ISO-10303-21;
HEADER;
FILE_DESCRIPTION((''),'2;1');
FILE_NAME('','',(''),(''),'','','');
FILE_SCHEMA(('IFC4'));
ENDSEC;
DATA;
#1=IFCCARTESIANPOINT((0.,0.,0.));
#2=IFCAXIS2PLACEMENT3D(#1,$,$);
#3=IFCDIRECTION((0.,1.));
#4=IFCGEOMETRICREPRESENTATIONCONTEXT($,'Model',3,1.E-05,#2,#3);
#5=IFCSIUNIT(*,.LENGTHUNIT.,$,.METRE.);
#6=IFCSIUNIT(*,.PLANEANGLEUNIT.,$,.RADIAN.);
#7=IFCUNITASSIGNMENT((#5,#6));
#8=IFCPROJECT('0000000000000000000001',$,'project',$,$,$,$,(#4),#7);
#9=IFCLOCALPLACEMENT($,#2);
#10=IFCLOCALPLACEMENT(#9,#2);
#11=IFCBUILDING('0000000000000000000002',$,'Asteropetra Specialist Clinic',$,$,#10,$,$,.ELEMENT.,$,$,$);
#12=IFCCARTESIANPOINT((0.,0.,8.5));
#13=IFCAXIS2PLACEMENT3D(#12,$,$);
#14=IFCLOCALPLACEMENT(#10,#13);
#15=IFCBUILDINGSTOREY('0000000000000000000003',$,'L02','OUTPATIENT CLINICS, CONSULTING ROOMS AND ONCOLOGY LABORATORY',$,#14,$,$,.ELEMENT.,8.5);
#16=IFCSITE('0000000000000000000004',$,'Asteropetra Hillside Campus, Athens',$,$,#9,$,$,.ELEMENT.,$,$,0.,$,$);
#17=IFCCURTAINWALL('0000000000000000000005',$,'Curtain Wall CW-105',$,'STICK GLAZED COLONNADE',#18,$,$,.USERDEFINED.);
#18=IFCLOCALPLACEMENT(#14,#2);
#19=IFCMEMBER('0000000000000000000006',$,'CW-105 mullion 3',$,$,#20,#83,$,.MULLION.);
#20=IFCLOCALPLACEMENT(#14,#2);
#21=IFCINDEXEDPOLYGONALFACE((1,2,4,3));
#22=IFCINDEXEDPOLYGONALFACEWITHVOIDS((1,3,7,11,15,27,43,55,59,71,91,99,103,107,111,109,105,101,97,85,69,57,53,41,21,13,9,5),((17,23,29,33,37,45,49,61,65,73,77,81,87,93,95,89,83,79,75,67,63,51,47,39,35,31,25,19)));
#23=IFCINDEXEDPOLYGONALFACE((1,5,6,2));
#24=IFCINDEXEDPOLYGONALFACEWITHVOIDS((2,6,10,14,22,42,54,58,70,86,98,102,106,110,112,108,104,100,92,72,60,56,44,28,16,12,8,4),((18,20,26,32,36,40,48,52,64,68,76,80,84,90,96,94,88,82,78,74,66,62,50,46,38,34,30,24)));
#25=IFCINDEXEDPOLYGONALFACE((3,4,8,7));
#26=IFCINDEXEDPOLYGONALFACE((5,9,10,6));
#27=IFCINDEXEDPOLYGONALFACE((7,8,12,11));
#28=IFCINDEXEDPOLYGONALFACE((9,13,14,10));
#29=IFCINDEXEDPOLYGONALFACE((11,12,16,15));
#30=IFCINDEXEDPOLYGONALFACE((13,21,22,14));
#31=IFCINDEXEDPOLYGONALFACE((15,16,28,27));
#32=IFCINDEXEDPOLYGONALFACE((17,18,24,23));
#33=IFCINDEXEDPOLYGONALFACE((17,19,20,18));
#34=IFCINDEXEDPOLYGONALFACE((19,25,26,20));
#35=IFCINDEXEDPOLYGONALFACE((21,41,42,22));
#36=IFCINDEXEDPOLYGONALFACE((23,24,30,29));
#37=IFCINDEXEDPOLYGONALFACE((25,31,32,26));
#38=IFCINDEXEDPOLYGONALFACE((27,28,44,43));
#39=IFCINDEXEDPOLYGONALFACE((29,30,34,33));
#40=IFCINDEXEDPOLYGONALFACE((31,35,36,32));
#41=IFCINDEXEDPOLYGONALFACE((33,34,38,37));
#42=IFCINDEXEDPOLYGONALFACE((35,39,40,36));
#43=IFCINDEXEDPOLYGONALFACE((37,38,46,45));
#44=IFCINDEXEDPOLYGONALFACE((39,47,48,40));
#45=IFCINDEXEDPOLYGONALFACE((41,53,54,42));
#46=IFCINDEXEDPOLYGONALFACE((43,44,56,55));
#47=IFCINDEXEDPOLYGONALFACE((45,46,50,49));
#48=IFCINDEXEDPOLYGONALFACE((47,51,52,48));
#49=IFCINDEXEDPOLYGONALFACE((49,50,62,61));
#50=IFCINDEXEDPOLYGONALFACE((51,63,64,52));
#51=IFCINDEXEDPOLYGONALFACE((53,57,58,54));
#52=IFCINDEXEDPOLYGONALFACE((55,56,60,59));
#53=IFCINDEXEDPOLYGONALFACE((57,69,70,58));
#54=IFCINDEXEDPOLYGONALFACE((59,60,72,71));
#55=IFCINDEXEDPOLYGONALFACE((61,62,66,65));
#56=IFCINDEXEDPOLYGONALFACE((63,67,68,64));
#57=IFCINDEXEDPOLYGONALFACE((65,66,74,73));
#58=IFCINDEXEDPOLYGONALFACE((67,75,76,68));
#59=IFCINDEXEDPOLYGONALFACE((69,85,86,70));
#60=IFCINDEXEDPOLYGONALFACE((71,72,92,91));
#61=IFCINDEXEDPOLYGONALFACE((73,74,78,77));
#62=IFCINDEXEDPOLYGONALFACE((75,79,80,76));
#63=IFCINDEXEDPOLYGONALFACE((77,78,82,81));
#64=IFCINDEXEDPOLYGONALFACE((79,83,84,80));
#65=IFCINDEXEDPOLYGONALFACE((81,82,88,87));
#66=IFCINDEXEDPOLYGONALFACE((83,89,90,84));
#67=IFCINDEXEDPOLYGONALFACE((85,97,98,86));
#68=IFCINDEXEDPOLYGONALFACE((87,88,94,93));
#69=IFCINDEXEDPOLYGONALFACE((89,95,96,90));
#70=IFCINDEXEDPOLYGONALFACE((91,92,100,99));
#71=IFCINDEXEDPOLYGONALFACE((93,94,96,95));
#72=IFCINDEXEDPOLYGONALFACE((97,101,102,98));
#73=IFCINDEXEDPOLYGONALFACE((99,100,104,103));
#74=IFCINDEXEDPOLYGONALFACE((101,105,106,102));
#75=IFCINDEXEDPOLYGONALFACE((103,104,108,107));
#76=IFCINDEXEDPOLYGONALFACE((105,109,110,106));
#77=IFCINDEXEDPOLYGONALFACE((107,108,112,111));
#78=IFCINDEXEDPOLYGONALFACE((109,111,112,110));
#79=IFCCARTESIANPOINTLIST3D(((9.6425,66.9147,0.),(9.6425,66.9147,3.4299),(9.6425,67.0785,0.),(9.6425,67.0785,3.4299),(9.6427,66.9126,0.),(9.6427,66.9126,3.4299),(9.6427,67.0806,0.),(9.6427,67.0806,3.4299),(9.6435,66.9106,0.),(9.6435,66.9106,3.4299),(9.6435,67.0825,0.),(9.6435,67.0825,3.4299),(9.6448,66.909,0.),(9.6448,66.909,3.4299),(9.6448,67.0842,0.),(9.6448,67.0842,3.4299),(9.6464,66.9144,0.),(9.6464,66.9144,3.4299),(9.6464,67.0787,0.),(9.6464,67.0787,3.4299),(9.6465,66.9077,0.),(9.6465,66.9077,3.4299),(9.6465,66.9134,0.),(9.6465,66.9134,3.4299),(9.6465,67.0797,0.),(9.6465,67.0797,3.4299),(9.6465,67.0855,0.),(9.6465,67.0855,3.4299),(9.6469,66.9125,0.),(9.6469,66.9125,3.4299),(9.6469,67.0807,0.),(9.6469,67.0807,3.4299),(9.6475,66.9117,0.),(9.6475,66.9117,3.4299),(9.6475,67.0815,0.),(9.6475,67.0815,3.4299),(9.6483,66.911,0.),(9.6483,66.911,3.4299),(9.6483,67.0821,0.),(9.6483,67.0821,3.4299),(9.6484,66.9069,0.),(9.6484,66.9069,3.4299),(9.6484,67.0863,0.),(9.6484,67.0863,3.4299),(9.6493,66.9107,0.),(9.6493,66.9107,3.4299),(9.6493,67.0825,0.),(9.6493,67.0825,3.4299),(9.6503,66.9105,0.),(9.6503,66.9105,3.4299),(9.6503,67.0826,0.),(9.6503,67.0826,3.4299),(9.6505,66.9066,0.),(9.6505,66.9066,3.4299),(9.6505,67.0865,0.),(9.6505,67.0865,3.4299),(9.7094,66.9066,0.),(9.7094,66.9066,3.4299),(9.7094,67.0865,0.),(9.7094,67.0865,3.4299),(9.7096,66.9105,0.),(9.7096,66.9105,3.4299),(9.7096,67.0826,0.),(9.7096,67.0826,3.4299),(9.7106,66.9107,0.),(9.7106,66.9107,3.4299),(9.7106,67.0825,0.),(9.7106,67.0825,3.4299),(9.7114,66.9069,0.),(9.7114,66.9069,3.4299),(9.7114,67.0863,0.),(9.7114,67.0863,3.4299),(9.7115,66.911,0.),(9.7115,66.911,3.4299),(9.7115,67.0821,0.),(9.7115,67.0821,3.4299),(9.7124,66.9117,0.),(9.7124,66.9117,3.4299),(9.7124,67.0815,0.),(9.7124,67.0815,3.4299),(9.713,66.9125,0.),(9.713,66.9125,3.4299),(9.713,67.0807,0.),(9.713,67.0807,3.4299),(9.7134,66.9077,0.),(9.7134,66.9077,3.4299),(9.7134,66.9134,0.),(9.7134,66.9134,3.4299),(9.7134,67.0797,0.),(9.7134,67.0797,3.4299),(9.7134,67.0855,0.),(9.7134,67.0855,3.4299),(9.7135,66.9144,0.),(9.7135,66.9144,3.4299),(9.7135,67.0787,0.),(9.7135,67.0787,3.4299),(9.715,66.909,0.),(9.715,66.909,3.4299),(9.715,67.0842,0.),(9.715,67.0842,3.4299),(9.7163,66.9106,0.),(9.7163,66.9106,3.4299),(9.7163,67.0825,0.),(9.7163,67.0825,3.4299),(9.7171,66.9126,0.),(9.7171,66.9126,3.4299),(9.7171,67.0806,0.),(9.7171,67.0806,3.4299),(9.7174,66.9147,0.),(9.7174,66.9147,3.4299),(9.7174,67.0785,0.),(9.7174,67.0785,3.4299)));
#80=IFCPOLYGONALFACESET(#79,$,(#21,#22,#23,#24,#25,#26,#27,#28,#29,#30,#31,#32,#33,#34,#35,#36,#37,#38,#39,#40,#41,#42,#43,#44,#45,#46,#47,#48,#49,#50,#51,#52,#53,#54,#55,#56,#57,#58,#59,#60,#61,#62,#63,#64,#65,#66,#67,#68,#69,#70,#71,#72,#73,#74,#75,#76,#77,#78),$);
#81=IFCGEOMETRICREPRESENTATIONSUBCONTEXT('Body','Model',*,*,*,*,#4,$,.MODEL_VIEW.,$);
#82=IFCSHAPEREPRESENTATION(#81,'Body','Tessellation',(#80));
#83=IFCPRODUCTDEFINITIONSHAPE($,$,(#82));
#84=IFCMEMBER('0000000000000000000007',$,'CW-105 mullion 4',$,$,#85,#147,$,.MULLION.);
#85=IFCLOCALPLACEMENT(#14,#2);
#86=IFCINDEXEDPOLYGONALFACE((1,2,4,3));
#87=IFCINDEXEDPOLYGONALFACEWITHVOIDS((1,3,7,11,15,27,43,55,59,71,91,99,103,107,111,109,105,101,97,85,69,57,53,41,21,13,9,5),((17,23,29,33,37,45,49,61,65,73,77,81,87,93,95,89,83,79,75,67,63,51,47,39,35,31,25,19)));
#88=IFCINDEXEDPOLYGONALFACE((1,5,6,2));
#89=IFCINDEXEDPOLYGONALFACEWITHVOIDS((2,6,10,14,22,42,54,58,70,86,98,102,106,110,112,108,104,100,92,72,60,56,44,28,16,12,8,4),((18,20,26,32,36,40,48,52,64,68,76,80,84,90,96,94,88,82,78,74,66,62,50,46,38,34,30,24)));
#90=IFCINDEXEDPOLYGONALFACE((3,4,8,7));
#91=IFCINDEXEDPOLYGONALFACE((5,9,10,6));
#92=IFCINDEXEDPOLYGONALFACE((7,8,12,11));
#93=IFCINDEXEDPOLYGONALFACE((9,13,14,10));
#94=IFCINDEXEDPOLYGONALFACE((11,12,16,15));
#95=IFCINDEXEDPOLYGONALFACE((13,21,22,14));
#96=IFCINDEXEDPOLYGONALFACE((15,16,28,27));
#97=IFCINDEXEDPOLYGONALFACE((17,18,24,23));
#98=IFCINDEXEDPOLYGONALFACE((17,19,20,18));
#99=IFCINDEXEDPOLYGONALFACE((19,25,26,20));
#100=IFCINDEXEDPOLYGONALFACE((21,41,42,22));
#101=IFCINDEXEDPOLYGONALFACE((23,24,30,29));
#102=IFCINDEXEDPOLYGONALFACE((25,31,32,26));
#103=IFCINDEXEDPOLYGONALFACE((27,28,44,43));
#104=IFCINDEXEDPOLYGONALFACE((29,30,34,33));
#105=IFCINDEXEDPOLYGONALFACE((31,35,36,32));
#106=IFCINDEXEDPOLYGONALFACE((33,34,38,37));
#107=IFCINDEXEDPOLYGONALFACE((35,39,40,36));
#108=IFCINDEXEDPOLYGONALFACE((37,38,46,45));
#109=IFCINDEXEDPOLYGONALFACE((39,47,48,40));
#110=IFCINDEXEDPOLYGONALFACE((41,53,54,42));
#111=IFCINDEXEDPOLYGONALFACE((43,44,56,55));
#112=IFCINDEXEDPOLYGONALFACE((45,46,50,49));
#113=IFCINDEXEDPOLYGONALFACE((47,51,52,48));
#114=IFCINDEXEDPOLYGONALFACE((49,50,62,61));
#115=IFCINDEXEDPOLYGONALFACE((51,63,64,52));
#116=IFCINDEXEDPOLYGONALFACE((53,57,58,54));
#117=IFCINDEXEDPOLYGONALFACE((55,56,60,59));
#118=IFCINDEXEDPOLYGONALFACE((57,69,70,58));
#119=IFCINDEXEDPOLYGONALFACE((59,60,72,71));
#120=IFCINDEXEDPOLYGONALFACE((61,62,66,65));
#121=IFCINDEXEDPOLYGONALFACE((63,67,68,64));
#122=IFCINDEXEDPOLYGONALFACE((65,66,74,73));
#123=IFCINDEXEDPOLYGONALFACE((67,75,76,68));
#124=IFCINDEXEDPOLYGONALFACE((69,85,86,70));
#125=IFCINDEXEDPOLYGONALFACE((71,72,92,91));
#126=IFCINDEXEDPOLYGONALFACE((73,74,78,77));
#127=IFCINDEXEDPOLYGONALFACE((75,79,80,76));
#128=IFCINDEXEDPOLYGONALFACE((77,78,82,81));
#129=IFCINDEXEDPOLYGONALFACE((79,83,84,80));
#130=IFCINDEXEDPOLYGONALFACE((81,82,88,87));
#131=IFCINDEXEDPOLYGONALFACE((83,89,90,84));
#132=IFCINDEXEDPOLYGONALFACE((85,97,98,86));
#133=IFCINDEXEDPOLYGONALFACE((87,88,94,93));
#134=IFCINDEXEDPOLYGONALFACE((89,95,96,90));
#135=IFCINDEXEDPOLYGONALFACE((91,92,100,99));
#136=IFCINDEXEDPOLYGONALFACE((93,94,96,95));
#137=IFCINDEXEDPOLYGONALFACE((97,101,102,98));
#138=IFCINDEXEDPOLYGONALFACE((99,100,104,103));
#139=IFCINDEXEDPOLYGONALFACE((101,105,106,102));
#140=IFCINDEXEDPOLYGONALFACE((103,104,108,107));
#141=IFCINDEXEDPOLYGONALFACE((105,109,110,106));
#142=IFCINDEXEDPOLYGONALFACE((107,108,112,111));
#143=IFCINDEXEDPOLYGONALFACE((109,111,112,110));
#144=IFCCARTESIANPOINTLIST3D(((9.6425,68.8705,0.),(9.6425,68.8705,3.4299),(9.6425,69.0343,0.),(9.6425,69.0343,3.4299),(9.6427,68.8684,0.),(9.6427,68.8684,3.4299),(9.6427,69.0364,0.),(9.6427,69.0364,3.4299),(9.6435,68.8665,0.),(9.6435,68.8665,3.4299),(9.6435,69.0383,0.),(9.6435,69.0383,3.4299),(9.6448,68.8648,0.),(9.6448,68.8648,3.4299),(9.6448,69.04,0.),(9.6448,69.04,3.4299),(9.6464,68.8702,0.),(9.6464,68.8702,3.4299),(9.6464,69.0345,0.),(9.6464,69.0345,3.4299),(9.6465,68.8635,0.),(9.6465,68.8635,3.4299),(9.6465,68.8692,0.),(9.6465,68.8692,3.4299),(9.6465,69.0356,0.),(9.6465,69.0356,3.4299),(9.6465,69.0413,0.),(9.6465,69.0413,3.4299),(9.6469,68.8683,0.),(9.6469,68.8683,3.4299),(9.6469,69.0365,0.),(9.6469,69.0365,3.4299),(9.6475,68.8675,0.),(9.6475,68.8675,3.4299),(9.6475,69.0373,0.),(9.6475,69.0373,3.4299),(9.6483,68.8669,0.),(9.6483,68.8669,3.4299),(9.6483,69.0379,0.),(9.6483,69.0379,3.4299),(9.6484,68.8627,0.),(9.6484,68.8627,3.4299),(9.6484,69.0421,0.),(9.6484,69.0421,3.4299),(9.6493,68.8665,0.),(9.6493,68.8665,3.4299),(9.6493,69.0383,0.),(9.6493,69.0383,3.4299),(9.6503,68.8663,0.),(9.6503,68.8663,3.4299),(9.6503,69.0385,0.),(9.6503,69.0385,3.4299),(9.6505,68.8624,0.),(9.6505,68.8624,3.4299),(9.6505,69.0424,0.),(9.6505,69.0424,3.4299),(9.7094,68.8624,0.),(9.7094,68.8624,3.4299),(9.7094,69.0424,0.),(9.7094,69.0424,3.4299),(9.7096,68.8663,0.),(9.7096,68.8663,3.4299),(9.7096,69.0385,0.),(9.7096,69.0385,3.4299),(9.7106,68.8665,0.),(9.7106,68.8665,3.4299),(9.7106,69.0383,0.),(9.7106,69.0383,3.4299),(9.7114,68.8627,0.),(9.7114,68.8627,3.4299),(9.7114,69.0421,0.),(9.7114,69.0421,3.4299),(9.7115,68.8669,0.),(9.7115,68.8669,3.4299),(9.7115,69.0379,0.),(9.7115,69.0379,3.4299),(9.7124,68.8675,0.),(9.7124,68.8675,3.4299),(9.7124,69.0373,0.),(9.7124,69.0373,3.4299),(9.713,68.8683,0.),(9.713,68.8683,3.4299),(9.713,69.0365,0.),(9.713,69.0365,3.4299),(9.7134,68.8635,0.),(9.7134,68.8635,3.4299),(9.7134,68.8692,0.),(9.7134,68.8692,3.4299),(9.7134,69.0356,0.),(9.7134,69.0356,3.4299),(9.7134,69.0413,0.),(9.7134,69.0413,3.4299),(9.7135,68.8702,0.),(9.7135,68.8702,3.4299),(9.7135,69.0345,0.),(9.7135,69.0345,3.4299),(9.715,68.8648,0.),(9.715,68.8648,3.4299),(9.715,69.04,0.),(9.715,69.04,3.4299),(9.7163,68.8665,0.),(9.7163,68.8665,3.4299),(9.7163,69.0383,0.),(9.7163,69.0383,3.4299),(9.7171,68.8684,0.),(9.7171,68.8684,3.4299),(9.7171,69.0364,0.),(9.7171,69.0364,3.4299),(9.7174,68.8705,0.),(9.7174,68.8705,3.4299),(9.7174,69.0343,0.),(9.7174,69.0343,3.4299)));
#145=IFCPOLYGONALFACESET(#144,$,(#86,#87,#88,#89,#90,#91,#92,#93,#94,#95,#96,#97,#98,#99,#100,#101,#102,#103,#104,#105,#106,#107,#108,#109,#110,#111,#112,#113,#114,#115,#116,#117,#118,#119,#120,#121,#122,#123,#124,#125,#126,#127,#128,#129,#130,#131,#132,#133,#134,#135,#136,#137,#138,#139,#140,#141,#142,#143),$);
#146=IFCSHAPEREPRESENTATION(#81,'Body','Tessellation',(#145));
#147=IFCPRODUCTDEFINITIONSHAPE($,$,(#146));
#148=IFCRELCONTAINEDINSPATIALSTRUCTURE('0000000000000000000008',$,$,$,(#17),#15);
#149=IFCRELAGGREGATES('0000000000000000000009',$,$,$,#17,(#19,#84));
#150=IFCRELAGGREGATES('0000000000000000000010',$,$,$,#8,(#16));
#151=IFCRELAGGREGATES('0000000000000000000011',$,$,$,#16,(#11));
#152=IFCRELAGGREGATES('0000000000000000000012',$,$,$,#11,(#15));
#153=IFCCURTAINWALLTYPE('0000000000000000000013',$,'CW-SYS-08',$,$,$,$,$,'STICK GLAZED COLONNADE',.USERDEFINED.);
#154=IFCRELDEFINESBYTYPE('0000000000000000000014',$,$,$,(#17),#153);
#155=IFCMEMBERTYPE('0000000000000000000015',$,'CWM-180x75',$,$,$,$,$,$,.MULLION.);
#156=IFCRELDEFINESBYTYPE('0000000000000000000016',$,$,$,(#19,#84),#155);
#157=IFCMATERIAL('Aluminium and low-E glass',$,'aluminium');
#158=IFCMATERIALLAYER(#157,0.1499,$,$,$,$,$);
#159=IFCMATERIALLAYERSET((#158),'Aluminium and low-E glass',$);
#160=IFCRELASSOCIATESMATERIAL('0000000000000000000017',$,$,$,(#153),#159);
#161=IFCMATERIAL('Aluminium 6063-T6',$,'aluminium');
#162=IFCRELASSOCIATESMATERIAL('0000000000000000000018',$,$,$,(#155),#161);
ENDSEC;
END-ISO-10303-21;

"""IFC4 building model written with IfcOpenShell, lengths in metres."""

from ifc_helpers import new_model, si_unit, direction, frame, origin, origin_2d, place, context, subcontext, project, spatial, hollow_rectangle, extrude, material, layer, layer_set, material_profile, profile_set, type_object, element, aggregate, save


model = new_model("IFC4")

# Units and contexts
model_context = context("Model", 3, precision=1e-05, world=origin(), true_north=direction((0.0, 1.0)))
body_context = subcontext(model_context, "Body", "Model", "MODEL_VIEW")
ifc_project = project(units=[si_unit("LENGTHUNIT", "METRE"), si_unit("PLANEANGLEUNIT", "RADIAN")], contexts=[model_context])

# Site, building, storey
site_placement = place(None, origin())
site = spatial("IfcSite", under=ifc_project, at=site_placement, Name="Asteropetra Hillside Campus, Athens", CompositionType="ELEMENT", RefElevation=0.0)
building_placement = place(site_placement, origin())
building = spatial("IfcBuilding", under=site, at=building_placement, Name="Asteropetra Specialist Clinic", CompositionType="ELEMENT")
storey_placement = place(building_placement, frame((0.0, 0.0, 8.5)))
storey = spatial("IfcBuildingStorey", under=building, at=storey_placement, Name="L02", Description="OUTPATIENT CLINICS, CONSULTING ROOMS AND ONCOLOGY LABORATORY", CompositionType="ELEMENT", Elevation=8.5)

# Curtain wall, members
ifc_material_1 = material(Name="Aluminium and low-E glass", Category="aluminium")
ifc_layer_1 = layer(ifc_material_1, 0.1499)
ifc_layer_set_1 = layer_set([ifc_layer_1], Name="Aluminium and low-E glass")
curtain_wall_type = type_object("IfcCurtainWallType", Name="CW-SYS-08", ElementType="STICK GLAZED COLONNADE", PredefinedType="USERDEFINED", material=ifc_layer_set_1)
curtain_wall_placement = place(storey_placement, origin())
curtain_wall = element("IfcCurtainWall", 1, at=curtain_wall_placement, inside=storey, type_object=curtain_wall_type, Name="Curtain Wall CW-105", ObjectType="STICK GLAZED COLONNADE", PredefinedType="USERDEFINED")
ifc_material_2 = material(Name="Aluminium 6063-T6", Category="aluminium")
ifc_material_profile_1 = material_profile(ifc_material_2, hollow_rectangle(XDim=0.075, YDim=0.1799, WallThickness=0.0039, InnerFilletRadius=0.0039, OuterFilletRadius=0.0081, at=origin_2d()), Name="MUL 180x75x4.0")
ifc_profile_set_1 = profile_set([ifc_material_profile_1], Name="Aluminium 6063-T6")
member_type_1 = type_object("IfcMemberType", Name="CWM-180x75", PredefinedType="MULLION", material=ifc_profile_set_1)
member_1_placement = place(storey_placement, frame((9.6799, 66.9966, 0.0), z_axis=(0.0, 0.0, 1.0), x_axis=(-1.0, 0.0, 0.0)))
member_1 = element("IfcMember", 2, at=member_1_placement, type_object=member_type_1, Name="CW-105 mullion 3", PredefinedType="MULLION", context=body_context, shape_type="SweptSolid", body=[
    extrude(hollow_rectangle(XDim=0.075, YDim=0.1799, WallThickness=0.0039, InnerFilletRadius=0.0039, OuterFilletRadius=0.0081, at=origin_2d()), origin(), (0.0, 0.0, 1.0), 3.4299),
])
member_2_placement = place(storey_placement, frame((9.6799, 68.9524, 0.0), z_axis=(0.0, 0.0, 1.0), x_axis=(-1.0, 0.0, 0.0)))
member_2 = element("IfcMember", 3, at=member_2_placement, type_object=member_type_1, Name="CW-105 mullion 4", PredefinedType="MULLION", context=body_context, shape_type="SweptSolid", body=[
    extrude(hollow_rectangle(XDim=0.075, YDim=0.1799, WallThickness=0.0039, InnerFilletRadius=0.0039, OuterFilletRadius=0.0081, at=origin_2d()), origin(), (0.0, 0.0, 1.0), 3.4299),
])

aggregate(curtain_wall, [member_1, member_2])

save(model, "model.ifc")
